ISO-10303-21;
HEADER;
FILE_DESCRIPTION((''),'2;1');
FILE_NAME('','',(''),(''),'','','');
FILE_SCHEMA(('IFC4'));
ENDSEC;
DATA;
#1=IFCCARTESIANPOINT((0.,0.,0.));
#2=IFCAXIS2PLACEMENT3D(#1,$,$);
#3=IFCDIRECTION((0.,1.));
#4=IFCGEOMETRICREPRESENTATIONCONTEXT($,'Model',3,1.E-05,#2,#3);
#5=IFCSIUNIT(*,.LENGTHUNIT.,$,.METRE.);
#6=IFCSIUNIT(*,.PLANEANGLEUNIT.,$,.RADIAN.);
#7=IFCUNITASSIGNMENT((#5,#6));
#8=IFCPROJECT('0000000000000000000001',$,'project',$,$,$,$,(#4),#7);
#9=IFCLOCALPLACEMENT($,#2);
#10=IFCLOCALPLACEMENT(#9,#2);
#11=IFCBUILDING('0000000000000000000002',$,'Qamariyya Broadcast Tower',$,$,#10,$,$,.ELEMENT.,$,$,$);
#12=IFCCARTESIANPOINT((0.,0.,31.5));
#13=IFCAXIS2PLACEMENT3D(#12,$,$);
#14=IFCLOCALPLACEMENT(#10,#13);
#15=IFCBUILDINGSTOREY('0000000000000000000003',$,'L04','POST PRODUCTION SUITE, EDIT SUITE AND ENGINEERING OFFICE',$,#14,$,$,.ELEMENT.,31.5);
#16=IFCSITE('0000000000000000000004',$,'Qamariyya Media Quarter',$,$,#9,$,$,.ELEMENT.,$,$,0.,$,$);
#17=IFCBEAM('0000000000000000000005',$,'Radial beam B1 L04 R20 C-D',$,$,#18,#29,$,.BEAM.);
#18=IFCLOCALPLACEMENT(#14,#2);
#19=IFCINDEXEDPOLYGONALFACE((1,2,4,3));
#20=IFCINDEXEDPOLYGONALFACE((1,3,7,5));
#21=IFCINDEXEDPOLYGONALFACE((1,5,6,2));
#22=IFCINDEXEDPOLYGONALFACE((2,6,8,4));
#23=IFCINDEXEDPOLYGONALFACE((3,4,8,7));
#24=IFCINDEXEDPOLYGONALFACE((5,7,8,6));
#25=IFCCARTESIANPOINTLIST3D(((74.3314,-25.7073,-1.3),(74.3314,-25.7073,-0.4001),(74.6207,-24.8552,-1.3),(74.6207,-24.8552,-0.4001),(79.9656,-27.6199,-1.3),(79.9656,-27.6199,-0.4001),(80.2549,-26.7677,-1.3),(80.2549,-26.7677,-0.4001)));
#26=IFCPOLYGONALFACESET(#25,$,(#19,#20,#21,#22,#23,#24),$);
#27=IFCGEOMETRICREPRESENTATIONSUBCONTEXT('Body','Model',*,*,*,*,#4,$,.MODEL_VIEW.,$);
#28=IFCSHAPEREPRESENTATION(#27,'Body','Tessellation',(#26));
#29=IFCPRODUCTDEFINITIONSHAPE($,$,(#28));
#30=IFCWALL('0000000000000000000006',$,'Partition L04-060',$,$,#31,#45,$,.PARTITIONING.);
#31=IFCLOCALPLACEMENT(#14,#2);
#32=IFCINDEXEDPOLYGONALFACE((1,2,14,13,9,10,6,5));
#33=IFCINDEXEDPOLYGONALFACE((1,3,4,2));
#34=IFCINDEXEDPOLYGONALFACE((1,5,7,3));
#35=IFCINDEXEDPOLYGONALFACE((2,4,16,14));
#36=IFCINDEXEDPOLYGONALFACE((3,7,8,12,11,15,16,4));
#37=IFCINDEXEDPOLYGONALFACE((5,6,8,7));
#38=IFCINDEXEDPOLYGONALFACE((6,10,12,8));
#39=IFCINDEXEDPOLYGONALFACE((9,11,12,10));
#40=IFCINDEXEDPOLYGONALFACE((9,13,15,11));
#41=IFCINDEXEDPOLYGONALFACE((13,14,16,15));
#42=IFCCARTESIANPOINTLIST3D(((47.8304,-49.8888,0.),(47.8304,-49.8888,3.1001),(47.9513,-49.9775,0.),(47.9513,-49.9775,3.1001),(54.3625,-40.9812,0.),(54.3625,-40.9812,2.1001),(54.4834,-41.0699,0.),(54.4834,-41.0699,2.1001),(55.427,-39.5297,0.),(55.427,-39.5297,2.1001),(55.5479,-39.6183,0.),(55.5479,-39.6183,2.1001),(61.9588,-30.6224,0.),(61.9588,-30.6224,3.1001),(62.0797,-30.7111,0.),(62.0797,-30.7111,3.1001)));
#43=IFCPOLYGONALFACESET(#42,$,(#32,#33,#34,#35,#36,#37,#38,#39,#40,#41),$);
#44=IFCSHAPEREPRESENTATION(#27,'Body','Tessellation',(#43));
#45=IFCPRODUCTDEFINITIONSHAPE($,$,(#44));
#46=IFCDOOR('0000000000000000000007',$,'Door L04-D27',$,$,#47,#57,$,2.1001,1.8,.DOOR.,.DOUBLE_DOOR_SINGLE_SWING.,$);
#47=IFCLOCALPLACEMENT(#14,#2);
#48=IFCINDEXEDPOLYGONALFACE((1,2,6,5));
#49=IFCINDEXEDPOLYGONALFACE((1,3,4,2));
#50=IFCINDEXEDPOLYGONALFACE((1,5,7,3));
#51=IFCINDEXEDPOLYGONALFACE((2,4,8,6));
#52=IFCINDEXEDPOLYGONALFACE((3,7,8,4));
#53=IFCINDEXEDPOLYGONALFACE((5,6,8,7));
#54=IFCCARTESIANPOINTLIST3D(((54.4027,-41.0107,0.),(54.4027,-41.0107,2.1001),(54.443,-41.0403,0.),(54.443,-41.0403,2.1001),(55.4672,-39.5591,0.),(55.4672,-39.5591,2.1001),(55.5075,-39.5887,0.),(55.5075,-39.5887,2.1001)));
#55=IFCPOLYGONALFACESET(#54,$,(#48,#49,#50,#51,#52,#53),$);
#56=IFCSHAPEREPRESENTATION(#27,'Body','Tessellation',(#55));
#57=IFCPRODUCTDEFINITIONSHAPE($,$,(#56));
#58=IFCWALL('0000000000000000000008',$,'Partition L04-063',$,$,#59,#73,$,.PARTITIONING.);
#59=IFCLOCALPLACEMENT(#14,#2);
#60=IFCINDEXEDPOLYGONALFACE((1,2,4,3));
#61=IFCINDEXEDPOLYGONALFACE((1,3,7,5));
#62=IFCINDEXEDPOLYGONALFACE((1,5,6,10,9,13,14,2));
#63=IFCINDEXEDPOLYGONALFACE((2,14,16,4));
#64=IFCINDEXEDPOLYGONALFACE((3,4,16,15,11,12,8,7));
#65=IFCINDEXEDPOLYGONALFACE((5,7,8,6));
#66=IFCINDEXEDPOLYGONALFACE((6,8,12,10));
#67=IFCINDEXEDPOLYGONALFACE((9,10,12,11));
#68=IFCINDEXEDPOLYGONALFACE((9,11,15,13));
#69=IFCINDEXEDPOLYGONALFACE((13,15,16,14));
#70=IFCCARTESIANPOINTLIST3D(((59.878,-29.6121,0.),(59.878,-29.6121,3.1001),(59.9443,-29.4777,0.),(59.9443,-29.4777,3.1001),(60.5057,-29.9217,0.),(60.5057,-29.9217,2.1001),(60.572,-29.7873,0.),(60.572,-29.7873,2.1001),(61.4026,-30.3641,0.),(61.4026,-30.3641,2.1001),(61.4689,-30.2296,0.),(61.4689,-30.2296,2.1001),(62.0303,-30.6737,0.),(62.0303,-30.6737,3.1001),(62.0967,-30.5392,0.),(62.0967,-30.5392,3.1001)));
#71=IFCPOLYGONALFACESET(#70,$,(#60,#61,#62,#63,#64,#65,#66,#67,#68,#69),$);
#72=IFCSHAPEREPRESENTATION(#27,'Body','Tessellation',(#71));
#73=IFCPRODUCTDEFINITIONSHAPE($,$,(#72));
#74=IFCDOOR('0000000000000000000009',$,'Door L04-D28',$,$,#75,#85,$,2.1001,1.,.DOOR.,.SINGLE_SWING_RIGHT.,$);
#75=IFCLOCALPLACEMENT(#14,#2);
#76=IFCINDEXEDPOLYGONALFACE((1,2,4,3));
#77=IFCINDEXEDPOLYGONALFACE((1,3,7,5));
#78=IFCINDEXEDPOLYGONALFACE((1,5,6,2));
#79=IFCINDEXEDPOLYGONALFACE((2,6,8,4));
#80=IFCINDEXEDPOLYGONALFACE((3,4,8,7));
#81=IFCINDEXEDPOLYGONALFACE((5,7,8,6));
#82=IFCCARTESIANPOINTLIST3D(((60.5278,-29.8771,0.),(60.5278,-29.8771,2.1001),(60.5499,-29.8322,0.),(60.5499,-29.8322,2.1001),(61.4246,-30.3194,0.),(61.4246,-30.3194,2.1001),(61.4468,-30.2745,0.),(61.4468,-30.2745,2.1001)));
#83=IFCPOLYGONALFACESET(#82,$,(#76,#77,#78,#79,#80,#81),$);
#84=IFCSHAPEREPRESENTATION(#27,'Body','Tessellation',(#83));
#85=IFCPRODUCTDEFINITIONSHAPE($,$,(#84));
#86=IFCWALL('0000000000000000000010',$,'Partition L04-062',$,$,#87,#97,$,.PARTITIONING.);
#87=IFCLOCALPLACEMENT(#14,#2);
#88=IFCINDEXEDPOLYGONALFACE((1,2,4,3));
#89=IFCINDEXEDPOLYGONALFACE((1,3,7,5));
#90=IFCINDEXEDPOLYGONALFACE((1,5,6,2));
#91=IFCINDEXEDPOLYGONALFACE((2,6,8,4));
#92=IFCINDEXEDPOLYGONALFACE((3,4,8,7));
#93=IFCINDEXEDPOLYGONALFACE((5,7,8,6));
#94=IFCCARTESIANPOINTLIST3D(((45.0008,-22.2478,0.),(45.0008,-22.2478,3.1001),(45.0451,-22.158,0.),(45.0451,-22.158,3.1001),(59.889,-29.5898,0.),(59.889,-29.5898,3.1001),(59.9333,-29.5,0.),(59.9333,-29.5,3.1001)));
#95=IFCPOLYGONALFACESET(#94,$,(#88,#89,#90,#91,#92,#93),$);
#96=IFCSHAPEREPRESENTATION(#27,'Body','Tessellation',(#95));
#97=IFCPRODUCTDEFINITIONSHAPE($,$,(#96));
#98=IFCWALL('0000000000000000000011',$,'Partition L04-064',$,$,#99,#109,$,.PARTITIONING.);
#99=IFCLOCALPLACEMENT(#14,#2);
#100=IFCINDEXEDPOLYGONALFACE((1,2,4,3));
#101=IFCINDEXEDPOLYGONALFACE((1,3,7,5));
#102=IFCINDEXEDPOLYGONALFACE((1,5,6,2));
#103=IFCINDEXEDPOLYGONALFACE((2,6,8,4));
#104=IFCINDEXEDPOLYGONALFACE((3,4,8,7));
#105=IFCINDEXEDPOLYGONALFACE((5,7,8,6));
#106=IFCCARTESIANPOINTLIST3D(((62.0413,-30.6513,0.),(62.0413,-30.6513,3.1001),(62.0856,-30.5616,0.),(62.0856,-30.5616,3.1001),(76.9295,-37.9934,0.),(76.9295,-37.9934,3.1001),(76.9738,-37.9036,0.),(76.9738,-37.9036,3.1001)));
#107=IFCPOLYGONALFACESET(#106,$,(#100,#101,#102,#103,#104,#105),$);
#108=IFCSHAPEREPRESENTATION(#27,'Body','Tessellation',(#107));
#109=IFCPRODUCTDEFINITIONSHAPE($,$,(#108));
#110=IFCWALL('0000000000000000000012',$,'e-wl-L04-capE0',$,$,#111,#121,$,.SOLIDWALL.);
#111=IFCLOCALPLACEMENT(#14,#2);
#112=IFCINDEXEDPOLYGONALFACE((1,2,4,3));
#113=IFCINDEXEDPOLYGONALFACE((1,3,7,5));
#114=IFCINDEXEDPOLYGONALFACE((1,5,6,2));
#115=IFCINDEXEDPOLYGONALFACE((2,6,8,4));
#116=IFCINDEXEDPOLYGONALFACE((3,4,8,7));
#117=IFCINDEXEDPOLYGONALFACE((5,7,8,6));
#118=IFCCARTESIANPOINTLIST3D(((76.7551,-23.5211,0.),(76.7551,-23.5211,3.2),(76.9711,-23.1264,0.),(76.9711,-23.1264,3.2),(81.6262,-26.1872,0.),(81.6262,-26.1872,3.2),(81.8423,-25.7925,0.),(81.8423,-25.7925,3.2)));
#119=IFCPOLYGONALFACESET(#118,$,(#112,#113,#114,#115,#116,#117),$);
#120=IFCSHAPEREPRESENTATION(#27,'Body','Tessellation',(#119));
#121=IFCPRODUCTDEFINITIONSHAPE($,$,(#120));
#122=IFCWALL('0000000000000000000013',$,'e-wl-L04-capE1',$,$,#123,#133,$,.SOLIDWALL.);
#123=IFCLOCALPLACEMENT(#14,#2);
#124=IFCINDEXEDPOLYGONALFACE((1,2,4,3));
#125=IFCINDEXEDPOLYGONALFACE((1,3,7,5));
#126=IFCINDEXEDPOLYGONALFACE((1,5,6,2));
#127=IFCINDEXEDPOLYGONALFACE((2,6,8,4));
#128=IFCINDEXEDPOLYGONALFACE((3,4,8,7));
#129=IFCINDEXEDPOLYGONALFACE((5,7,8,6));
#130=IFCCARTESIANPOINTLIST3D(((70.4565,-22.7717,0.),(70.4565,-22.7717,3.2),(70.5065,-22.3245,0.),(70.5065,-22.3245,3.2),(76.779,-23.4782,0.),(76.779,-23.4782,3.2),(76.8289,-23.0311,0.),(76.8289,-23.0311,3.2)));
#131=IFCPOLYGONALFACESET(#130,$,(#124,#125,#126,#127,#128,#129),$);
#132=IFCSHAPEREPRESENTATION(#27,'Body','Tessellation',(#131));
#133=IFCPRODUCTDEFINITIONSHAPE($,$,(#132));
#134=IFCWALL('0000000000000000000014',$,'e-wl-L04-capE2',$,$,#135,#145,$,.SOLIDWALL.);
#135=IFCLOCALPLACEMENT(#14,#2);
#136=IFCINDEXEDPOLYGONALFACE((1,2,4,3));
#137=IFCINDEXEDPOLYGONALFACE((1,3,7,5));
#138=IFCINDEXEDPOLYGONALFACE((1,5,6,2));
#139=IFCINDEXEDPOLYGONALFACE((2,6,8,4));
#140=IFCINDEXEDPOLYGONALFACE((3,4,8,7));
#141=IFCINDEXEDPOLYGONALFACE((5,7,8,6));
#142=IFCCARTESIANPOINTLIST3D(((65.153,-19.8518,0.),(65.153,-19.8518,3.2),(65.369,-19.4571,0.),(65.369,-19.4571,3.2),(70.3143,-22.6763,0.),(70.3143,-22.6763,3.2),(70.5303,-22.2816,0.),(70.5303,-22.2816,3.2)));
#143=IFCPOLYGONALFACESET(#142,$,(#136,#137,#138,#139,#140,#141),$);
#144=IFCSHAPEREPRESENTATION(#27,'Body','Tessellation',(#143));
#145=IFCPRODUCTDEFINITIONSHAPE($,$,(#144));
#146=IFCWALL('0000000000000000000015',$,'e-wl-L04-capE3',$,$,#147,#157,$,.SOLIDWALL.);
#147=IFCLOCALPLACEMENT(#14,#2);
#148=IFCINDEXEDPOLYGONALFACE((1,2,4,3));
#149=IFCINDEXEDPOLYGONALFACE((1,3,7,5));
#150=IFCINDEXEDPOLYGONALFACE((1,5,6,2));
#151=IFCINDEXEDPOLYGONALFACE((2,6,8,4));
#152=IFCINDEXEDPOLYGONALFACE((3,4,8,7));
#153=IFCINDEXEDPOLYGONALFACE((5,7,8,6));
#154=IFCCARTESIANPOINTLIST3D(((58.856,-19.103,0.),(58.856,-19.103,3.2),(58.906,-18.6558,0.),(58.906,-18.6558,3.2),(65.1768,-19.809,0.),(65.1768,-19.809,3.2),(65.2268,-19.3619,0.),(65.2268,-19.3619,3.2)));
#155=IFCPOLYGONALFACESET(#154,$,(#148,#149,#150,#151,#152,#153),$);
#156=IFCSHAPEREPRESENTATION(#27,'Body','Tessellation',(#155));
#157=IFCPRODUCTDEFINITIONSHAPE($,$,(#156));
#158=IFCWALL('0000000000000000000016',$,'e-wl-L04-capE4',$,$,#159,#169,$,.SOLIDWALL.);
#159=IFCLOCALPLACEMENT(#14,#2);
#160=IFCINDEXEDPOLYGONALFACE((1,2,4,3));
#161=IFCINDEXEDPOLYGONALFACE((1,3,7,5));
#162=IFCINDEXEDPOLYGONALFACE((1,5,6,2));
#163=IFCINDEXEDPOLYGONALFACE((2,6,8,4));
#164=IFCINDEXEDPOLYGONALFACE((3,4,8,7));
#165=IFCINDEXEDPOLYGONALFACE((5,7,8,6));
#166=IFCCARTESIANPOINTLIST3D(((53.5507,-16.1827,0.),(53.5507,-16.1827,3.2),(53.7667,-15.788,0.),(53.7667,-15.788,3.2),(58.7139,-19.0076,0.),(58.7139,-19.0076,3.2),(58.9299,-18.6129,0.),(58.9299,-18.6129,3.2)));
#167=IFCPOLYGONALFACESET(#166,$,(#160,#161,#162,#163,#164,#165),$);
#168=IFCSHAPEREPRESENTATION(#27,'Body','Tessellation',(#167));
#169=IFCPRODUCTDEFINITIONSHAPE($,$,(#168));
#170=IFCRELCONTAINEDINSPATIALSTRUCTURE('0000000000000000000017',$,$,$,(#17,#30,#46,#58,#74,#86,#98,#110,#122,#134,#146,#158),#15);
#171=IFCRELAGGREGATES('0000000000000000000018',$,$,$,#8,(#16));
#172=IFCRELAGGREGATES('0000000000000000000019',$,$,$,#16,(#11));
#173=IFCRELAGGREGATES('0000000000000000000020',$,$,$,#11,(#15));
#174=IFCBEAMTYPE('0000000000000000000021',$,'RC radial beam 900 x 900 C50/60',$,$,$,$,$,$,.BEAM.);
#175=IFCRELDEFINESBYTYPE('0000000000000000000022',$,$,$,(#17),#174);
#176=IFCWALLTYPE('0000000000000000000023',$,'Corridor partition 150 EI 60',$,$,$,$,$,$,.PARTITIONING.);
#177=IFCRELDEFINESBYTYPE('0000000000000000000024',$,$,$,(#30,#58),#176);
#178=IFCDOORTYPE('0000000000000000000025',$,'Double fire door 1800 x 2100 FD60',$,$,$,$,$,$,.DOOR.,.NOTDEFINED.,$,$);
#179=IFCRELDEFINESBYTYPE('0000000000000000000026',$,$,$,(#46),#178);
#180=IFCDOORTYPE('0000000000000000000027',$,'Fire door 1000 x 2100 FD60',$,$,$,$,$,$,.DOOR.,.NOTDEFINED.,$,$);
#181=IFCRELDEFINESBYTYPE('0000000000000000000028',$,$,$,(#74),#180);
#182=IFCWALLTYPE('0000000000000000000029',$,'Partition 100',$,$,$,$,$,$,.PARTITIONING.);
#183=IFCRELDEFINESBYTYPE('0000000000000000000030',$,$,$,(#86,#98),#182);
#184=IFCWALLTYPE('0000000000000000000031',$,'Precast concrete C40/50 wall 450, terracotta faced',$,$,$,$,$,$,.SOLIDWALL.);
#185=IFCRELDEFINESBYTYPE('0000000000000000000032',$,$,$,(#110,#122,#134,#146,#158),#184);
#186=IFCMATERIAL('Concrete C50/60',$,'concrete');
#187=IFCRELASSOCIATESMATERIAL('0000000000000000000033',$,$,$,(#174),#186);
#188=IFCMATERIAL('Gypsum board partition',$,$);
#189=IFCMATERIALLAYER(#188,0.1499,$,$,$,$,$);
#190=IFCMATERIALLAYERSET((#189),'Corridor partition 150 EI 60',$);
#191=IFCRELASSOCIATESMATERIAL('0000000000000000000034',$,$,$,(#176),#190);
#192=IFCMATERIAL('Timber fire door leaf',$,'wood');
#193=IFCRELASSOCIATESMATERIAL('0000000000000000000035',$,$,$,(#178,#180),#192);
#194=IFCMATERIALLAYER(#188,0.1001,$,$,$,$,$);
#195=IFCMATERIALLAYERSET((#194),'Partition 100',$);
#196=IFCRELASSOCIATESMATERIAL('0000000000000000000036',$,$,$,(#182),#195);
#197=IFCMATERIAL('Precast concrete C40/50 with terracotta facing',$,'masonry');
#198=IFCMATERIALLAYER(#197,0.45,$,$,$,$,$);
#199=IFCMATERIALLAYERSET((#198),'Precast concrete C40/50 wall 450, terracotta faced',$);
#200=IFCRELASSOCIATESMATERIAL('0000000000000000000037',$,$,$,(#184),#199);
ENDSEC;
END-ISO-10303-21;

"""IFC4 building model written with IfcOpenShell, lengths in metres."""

from ifc_helpers import new_model, si_unit, direction, frame, frame_2d, origin, origin_2d, place, context, subcontext, project, spatial, rectangle, extrude, material, layer, layer_set, material_profile, profile_set, type_object, element, fill, save


model = new_model("IFC4")

# Units and contexts
model_context = context("Model", 3, precision=1e-05, world=origin(), true_north=direction((0.0, 1.0)))
body_context = subcontext(model_context, "Body", "Model", "MODEL_VIEW")
ifc_project = project(units=[si_unit("LENGTHUNIT", "METRE"), si_unit("PLANEANGLEUNIT", "RADIAN")], contexts=[model_context])

# Site, building, storey
site_placement = place(None, origin())
site = spatial("IfcSite", under=ifc_project, at=site_placement, Name="Qamariyya Media Quarter", CompositionType="ELEMENT", RefElevation=0.0)
building_placement = place(site_placement, origin())
building = spatial("IfcBuilding", under=site, at=building_placement, Name="Qamariyya Broadcast Tower", CompositionType="ELEMENT")
storey_placement = place(building_placement, frame((0.0, 0.0, 31.5)))
storey = spatial("IfcBuildingStorey", under=building, at=storey_placement, Name="L04", Description="POST PRODUCTION SUITE, EDIT SUITE AND ENGINEERING OFFICE", CompositionType="ELEMENT", Elevation=31.5)

# Beam
ifc_material_1 = material(Name="Concrete C50/60", Category="concrete")
ifc_material_profile_1 = material_profile(ifc_material_1, rectangle(XDim=0.8999, YDim=0.8999, at=origin_2d()))
ifc_profile_set_1 = profile_set([ifc_material_profile_1], Name="Concrete C50/60")
beam_type_1 = type_object("IfcBeamType", Name="RC radial beam 900 x 900 C50/60", PredefinedType="BEAM", material=ifc_profile_set_1)
beam_1_placement = place(storey_placement, frame((74.4761, -25.2812, -0.8501), z_axis=(0.946929, -0.321442, 0.0), x_axis=(0.321442, 0.946929, 0.0)))
element("IfcBeam", 1, at=beam_1_placement, inside=storey, type_object=beam_type_1, Name="Radial beam B1 L04 R20 C-D", PredefinedType="BEAM", context=body_context, shape_type="SweptSolid", body=[
    extrude(rectangle(XDim=0.8999, YDim=0.8999, at=origin_2d()), origin(), (0.0, 0.0, 1.0), 5.95),
])

# Walls, openings, doors
ifc_material_2 = material(Name="Gypsum board partition")
ifc_layer_1 = layer(ifc_material_2, 0.1499)
ifc_layer_set_1 = layer_set([ifc_layer_1], Name="Corridor partition 150 EI 60")
wall_type_1 = type_object("IfcWallType", Name="Corridor partition 150 EI 60", PredefinedType="PARTITIONING", material=ifc_layer_set_1)
wall_1_placement = place(storey_placement, frame((62.0193, -30.6667, 0.0), z_axis=(0.0, 0.0, 1.0), x_axis=(-0.591357, -0.80641, 0.0)))
wall_1 = element("IfcWall", 2, at=wall_1_placement, inside=storey, type_object=wall_type_1, Name="Partition L04-060", PredefinedType="PARTITIONING", context=body_context, shape_type="SweptSolid", body=[
    extrude(rectangle(XDim=23.8916, YDim=0.1499, at=frame_2d((11.9458, 0.0))), origin(), (0.0, 0.0, 1.0), 3.1001),
])
opening_1_placement = place(wall_1_placement, frame((11.0457, 0.0, 0.0)))
opening_1 = element("IfcOpeningElement", 3, at=opening_1_placement, cuts=wall_1, PredefinedType="OPENING", context=body_context, shape_type="SweptSolid", body=[
    extrude(rectangle(XDim=1.8, YDim=2.1001, at=frame_2d((0.8999, 1.05))), frame((0.0, 0.085, 0.0), z_axis=(0.0, -1.0, 0.0), x_axis=(1.0, 0.0, 0.0)), (0.0, 0.0, 1.0), 0.1699),
])
ifc_material_3 = material(Name="Timber fire door leaf", Category="wood")
door_type_1 = type_object("IfcDoorType", Name="Double fire door 1800 x 2100 FD60", OperationType="NOTDEFINED", PredefinedType="DOOR", material=ifc_material_3)
door_1_placement = place(opening_1_placement, origin())
door_1 = element("IfcDoor", 4, at=door_1_placement, inside=storey, type_object=door_type_1, Name="Door L04-D27", OperationType="DOUBLE_DOOR_SINGLE_SWING", OverallHeight=2.1001, OverallWidth=1.8, PredefinedType="DOOR", context=body_context, shape_type="SweptSolid", body=[
    extrude(rectangle(XDim=1.8, YDim=2.1001, at=frame_2d((0.8999, 1.05))), frame((0.0, 0.0249, 0.0), z_axis=(0.0, -1.0, 0.0), x_axis=(1.0, 0.0, 0.0)), (0.0, 0.0, 1.0), 0.05),
])
fill(opening_1, door_1)
wall_2_placement = place(storey_placement, frame((59.9111, -29.5449, 0.0), z_axis=(0.0, 0.0, 1.0), x_axis=(0.896855, -0.442324, 0.0)))
wall_2 = element("IfcWall", 5, at=wall_2_placement, inside=storey, type_object=wall_type_1, Name="Partition L04-063", PredefinedType="PARTITIONING", context=body_context, shape_type="SweptSolid", body=[
    extrude(rectangle(XDim=2.3999, YDim=0.1499, at=frame_2d((1.2, 0.0))), origin(), (0.0, 0.0, 1.0), 3.1001),
])
opening_2_placement = place(wall_2_placement, frame((0.7, 0.0, 0.0)))
opening_2 = element("IfcOpeningElement", 6, at=opening_2_placement, cuts=wall_2, PredefinedType="OPENING", context=body_context, shape_type="SweptSolid", body=[
    extrude(rectangle(XDim=1.0, YDim=2.1001, at=frame_2d((0.5, 1.05))), frame((0.0, 0.085, 0.0), z_axis=(0.0, -1.0, 0.0), x_axis=(1.0, 0.0, 0.0)), (0.0, 0.0, 1.0), 0.1699),
])
door_type_2 = type_object("IfcDoorType", Name="Fire door 1000 x 2100 FD60", OperationType="NOTDEFINED", PredefinedType="DOOR", material=ifc_material_3)
door_2_placement = place(opening_2_placement, origin())
door_2 = element("IfcDoor", 7, at=door_2_placement, inside=storey, type_object=door_type_2, Name="Door L04-D28", OperationType="SINGLE_SWING_RIGHT", OverallHeight=2.1001, OverallWidth=1.0, PredefinedType="DOOR", context=body_context, shape_type="SweptSolid", body=[
    extrude(rectangle(XDim=1.0, YDim=2.1001, at=frame_2d((0.5, 1.05))), frame((0.0, 0.0249, 0.0), z_axis=(0.0, -1.0, 0.0), x_axis=(1.0, 0.0, 0.0)), (0.0, 0.0, 1.0), 0.05),
])
fill(opening_2, door_2)

# Walls
ifc_layer_2 = layer(ifc_material_2, 0.1001)
ifc_layer_set_2 = layer_set([ifc_layer_2], Name="Partition 100")
wall_type_2 = type_object("IfcWallType", Name="Partition 100", PredefinedType="PARTITIONING", material=ifc_layer_set_2)
for number, where, z_axis, x_axis, name in (
    (8, (59.9111, -29.5449, 0.0), (0.0, 0.0, 1.0), (-0.896873, 0.442289, 0.0), "Partition L04-062"),
    (9, (76.9517, -37.9485, 0.0), (0.0, 0.0, 1.0), (-0.896873, 0.442289, 0.0), "Partition L04-064"),
):
    element("IfcWall", number, at=place(storey_placement, frame(where, z_axis=z_axis, x_axis=x_axis)), inside=storey, type_object=wall_type_2, Name=name, PredefinedType="PARTITIONING", context=body_context, shape_type="SweptSolid", body=[
        extrude(rectangle(XDim=16.6001, YDim=0.1001, at=frame_2d((8.3, 0.0))), origin(), (0.0, 0.0, 1.0), 3.1001),
    ])
ifc_material_4 = material(Name="Precast concrete C40/50 with terracotta facing", Category="masonry")
ifc_layer_3 = layer(ifc_material_4, 0.45)
ifc_layer_set_3 = layer_set([ifc_layer_3], Name="Precast concrete C40/50 wall 450, terracotta faced")
wall_type_3 = type_object("IfcWallType", Name="Precast concrete C40/50 wall 450, terracotta faced", PredefinedType="SOLIDWALL", material=ifc_layer_set_3)
wall_3_placement = place(storey_placement, frame((81.7341, -25.9897, 0.0), z_axis=(0.0, 0.0, 1.0), x_axis=(-0.877209, 0.480108, 0.0)))
element("IfcWall", 10, at=wall_3_placement, inside=storey, type_object=wall_type_3, Name="e-wl-L04-capE0", PredefinedType="SOLIDWALL", context=body_context, shape_type="SweptSolid", body=[
    extrude(rectangle(XDim=5.553, YDim=0.45, at=frame_2d((2.7764, 0.0))), origin(), (0.0, 0.0, 1.0), 3.2),
])
wall_4_placement = place(storey_placement, frame((76.804, -23.2546, 0.0), z_axis=(0.0, 0.0, 1.0), x_axis=(-0.993814, 0.111059, 0.0)))
element("IfcWall", 11, at=wall_4_placement, inside=storey, type_object=wall_type_3, Name="e-wl-L04-capE1", PredefinedType="SOLIDWALL", context=body_context, shape_type="SweptSolid", body=[
    extrude(rectangle(XDim=6.3618, YDim=0.45, at=frame_2d((3.1809, 0.0))), origin(), (0.0, 0.0, 1.0), 3.2),
])
wall_5_placement = place(storey_placement, frame((70.4224, -22.479, 0.0), z_axis=(0.0, 0.0, 1.0), x_axis=(-0.87723, 0.48007, 0.0)))
element("IfcWall", 12, at=wall_5_placement, inside=storey, type_object=wall_type_3, Name="e-wl-L04-capE2", PredefinedType="SOLIDWALL", context=body_context, shape_type="SweptSolid", body=[
    extrude(rectangle(XDim=5.8835, YDim=0.45, at=frame_2d((2.9419, 0.0))), origin(), (0.0, 0.0, 1.0), 3.2),
])
wall_6_placement = place(storey_placement, frame((65.2019, -19.5854, 0.0), z_axis=(0.0, 0.0, 1.0), x_axis=(-0.993819, 0.111013, 0.0)))
element("IfcWall", 13, at=wall_6_placement, inside=storey, type_object=wall_type_3, Name="e-wl-L04-capE3", PredefinedType="SOLIDWALL", context=body_context, shape_type="SweptSolid", body=[
    extrude(rectangle(XDim=6.3601, YDim=0.45, at=frame_2d((3.1802, 0.0))), origin(), (0.0, 0.0, 1.0), 3.2),
])
wall_7_placement = place(storey_placement, frame((58.822, -18.8103, 0.0), z_axis=(0.0, 0.0, 1.0), x_axis=(-0.877281, 0.479976, 0.0)))
element("IfcWall", 14, at=wall_7_placement, inside=storey, type_object=wall_type_3, Name="e-wl-L04-capE4", PredefinedType="SOLIDWALL", context=body_context, shape_type="SweptSolid", body=[
    extrude(rectangle(XDim=5.8855, YDim=0.45, at=frame_2d((2.9429, 0.0))), origin(), (0.0, 0.0, 1.0), 3.2),
])

save(model, "model.ifc")
